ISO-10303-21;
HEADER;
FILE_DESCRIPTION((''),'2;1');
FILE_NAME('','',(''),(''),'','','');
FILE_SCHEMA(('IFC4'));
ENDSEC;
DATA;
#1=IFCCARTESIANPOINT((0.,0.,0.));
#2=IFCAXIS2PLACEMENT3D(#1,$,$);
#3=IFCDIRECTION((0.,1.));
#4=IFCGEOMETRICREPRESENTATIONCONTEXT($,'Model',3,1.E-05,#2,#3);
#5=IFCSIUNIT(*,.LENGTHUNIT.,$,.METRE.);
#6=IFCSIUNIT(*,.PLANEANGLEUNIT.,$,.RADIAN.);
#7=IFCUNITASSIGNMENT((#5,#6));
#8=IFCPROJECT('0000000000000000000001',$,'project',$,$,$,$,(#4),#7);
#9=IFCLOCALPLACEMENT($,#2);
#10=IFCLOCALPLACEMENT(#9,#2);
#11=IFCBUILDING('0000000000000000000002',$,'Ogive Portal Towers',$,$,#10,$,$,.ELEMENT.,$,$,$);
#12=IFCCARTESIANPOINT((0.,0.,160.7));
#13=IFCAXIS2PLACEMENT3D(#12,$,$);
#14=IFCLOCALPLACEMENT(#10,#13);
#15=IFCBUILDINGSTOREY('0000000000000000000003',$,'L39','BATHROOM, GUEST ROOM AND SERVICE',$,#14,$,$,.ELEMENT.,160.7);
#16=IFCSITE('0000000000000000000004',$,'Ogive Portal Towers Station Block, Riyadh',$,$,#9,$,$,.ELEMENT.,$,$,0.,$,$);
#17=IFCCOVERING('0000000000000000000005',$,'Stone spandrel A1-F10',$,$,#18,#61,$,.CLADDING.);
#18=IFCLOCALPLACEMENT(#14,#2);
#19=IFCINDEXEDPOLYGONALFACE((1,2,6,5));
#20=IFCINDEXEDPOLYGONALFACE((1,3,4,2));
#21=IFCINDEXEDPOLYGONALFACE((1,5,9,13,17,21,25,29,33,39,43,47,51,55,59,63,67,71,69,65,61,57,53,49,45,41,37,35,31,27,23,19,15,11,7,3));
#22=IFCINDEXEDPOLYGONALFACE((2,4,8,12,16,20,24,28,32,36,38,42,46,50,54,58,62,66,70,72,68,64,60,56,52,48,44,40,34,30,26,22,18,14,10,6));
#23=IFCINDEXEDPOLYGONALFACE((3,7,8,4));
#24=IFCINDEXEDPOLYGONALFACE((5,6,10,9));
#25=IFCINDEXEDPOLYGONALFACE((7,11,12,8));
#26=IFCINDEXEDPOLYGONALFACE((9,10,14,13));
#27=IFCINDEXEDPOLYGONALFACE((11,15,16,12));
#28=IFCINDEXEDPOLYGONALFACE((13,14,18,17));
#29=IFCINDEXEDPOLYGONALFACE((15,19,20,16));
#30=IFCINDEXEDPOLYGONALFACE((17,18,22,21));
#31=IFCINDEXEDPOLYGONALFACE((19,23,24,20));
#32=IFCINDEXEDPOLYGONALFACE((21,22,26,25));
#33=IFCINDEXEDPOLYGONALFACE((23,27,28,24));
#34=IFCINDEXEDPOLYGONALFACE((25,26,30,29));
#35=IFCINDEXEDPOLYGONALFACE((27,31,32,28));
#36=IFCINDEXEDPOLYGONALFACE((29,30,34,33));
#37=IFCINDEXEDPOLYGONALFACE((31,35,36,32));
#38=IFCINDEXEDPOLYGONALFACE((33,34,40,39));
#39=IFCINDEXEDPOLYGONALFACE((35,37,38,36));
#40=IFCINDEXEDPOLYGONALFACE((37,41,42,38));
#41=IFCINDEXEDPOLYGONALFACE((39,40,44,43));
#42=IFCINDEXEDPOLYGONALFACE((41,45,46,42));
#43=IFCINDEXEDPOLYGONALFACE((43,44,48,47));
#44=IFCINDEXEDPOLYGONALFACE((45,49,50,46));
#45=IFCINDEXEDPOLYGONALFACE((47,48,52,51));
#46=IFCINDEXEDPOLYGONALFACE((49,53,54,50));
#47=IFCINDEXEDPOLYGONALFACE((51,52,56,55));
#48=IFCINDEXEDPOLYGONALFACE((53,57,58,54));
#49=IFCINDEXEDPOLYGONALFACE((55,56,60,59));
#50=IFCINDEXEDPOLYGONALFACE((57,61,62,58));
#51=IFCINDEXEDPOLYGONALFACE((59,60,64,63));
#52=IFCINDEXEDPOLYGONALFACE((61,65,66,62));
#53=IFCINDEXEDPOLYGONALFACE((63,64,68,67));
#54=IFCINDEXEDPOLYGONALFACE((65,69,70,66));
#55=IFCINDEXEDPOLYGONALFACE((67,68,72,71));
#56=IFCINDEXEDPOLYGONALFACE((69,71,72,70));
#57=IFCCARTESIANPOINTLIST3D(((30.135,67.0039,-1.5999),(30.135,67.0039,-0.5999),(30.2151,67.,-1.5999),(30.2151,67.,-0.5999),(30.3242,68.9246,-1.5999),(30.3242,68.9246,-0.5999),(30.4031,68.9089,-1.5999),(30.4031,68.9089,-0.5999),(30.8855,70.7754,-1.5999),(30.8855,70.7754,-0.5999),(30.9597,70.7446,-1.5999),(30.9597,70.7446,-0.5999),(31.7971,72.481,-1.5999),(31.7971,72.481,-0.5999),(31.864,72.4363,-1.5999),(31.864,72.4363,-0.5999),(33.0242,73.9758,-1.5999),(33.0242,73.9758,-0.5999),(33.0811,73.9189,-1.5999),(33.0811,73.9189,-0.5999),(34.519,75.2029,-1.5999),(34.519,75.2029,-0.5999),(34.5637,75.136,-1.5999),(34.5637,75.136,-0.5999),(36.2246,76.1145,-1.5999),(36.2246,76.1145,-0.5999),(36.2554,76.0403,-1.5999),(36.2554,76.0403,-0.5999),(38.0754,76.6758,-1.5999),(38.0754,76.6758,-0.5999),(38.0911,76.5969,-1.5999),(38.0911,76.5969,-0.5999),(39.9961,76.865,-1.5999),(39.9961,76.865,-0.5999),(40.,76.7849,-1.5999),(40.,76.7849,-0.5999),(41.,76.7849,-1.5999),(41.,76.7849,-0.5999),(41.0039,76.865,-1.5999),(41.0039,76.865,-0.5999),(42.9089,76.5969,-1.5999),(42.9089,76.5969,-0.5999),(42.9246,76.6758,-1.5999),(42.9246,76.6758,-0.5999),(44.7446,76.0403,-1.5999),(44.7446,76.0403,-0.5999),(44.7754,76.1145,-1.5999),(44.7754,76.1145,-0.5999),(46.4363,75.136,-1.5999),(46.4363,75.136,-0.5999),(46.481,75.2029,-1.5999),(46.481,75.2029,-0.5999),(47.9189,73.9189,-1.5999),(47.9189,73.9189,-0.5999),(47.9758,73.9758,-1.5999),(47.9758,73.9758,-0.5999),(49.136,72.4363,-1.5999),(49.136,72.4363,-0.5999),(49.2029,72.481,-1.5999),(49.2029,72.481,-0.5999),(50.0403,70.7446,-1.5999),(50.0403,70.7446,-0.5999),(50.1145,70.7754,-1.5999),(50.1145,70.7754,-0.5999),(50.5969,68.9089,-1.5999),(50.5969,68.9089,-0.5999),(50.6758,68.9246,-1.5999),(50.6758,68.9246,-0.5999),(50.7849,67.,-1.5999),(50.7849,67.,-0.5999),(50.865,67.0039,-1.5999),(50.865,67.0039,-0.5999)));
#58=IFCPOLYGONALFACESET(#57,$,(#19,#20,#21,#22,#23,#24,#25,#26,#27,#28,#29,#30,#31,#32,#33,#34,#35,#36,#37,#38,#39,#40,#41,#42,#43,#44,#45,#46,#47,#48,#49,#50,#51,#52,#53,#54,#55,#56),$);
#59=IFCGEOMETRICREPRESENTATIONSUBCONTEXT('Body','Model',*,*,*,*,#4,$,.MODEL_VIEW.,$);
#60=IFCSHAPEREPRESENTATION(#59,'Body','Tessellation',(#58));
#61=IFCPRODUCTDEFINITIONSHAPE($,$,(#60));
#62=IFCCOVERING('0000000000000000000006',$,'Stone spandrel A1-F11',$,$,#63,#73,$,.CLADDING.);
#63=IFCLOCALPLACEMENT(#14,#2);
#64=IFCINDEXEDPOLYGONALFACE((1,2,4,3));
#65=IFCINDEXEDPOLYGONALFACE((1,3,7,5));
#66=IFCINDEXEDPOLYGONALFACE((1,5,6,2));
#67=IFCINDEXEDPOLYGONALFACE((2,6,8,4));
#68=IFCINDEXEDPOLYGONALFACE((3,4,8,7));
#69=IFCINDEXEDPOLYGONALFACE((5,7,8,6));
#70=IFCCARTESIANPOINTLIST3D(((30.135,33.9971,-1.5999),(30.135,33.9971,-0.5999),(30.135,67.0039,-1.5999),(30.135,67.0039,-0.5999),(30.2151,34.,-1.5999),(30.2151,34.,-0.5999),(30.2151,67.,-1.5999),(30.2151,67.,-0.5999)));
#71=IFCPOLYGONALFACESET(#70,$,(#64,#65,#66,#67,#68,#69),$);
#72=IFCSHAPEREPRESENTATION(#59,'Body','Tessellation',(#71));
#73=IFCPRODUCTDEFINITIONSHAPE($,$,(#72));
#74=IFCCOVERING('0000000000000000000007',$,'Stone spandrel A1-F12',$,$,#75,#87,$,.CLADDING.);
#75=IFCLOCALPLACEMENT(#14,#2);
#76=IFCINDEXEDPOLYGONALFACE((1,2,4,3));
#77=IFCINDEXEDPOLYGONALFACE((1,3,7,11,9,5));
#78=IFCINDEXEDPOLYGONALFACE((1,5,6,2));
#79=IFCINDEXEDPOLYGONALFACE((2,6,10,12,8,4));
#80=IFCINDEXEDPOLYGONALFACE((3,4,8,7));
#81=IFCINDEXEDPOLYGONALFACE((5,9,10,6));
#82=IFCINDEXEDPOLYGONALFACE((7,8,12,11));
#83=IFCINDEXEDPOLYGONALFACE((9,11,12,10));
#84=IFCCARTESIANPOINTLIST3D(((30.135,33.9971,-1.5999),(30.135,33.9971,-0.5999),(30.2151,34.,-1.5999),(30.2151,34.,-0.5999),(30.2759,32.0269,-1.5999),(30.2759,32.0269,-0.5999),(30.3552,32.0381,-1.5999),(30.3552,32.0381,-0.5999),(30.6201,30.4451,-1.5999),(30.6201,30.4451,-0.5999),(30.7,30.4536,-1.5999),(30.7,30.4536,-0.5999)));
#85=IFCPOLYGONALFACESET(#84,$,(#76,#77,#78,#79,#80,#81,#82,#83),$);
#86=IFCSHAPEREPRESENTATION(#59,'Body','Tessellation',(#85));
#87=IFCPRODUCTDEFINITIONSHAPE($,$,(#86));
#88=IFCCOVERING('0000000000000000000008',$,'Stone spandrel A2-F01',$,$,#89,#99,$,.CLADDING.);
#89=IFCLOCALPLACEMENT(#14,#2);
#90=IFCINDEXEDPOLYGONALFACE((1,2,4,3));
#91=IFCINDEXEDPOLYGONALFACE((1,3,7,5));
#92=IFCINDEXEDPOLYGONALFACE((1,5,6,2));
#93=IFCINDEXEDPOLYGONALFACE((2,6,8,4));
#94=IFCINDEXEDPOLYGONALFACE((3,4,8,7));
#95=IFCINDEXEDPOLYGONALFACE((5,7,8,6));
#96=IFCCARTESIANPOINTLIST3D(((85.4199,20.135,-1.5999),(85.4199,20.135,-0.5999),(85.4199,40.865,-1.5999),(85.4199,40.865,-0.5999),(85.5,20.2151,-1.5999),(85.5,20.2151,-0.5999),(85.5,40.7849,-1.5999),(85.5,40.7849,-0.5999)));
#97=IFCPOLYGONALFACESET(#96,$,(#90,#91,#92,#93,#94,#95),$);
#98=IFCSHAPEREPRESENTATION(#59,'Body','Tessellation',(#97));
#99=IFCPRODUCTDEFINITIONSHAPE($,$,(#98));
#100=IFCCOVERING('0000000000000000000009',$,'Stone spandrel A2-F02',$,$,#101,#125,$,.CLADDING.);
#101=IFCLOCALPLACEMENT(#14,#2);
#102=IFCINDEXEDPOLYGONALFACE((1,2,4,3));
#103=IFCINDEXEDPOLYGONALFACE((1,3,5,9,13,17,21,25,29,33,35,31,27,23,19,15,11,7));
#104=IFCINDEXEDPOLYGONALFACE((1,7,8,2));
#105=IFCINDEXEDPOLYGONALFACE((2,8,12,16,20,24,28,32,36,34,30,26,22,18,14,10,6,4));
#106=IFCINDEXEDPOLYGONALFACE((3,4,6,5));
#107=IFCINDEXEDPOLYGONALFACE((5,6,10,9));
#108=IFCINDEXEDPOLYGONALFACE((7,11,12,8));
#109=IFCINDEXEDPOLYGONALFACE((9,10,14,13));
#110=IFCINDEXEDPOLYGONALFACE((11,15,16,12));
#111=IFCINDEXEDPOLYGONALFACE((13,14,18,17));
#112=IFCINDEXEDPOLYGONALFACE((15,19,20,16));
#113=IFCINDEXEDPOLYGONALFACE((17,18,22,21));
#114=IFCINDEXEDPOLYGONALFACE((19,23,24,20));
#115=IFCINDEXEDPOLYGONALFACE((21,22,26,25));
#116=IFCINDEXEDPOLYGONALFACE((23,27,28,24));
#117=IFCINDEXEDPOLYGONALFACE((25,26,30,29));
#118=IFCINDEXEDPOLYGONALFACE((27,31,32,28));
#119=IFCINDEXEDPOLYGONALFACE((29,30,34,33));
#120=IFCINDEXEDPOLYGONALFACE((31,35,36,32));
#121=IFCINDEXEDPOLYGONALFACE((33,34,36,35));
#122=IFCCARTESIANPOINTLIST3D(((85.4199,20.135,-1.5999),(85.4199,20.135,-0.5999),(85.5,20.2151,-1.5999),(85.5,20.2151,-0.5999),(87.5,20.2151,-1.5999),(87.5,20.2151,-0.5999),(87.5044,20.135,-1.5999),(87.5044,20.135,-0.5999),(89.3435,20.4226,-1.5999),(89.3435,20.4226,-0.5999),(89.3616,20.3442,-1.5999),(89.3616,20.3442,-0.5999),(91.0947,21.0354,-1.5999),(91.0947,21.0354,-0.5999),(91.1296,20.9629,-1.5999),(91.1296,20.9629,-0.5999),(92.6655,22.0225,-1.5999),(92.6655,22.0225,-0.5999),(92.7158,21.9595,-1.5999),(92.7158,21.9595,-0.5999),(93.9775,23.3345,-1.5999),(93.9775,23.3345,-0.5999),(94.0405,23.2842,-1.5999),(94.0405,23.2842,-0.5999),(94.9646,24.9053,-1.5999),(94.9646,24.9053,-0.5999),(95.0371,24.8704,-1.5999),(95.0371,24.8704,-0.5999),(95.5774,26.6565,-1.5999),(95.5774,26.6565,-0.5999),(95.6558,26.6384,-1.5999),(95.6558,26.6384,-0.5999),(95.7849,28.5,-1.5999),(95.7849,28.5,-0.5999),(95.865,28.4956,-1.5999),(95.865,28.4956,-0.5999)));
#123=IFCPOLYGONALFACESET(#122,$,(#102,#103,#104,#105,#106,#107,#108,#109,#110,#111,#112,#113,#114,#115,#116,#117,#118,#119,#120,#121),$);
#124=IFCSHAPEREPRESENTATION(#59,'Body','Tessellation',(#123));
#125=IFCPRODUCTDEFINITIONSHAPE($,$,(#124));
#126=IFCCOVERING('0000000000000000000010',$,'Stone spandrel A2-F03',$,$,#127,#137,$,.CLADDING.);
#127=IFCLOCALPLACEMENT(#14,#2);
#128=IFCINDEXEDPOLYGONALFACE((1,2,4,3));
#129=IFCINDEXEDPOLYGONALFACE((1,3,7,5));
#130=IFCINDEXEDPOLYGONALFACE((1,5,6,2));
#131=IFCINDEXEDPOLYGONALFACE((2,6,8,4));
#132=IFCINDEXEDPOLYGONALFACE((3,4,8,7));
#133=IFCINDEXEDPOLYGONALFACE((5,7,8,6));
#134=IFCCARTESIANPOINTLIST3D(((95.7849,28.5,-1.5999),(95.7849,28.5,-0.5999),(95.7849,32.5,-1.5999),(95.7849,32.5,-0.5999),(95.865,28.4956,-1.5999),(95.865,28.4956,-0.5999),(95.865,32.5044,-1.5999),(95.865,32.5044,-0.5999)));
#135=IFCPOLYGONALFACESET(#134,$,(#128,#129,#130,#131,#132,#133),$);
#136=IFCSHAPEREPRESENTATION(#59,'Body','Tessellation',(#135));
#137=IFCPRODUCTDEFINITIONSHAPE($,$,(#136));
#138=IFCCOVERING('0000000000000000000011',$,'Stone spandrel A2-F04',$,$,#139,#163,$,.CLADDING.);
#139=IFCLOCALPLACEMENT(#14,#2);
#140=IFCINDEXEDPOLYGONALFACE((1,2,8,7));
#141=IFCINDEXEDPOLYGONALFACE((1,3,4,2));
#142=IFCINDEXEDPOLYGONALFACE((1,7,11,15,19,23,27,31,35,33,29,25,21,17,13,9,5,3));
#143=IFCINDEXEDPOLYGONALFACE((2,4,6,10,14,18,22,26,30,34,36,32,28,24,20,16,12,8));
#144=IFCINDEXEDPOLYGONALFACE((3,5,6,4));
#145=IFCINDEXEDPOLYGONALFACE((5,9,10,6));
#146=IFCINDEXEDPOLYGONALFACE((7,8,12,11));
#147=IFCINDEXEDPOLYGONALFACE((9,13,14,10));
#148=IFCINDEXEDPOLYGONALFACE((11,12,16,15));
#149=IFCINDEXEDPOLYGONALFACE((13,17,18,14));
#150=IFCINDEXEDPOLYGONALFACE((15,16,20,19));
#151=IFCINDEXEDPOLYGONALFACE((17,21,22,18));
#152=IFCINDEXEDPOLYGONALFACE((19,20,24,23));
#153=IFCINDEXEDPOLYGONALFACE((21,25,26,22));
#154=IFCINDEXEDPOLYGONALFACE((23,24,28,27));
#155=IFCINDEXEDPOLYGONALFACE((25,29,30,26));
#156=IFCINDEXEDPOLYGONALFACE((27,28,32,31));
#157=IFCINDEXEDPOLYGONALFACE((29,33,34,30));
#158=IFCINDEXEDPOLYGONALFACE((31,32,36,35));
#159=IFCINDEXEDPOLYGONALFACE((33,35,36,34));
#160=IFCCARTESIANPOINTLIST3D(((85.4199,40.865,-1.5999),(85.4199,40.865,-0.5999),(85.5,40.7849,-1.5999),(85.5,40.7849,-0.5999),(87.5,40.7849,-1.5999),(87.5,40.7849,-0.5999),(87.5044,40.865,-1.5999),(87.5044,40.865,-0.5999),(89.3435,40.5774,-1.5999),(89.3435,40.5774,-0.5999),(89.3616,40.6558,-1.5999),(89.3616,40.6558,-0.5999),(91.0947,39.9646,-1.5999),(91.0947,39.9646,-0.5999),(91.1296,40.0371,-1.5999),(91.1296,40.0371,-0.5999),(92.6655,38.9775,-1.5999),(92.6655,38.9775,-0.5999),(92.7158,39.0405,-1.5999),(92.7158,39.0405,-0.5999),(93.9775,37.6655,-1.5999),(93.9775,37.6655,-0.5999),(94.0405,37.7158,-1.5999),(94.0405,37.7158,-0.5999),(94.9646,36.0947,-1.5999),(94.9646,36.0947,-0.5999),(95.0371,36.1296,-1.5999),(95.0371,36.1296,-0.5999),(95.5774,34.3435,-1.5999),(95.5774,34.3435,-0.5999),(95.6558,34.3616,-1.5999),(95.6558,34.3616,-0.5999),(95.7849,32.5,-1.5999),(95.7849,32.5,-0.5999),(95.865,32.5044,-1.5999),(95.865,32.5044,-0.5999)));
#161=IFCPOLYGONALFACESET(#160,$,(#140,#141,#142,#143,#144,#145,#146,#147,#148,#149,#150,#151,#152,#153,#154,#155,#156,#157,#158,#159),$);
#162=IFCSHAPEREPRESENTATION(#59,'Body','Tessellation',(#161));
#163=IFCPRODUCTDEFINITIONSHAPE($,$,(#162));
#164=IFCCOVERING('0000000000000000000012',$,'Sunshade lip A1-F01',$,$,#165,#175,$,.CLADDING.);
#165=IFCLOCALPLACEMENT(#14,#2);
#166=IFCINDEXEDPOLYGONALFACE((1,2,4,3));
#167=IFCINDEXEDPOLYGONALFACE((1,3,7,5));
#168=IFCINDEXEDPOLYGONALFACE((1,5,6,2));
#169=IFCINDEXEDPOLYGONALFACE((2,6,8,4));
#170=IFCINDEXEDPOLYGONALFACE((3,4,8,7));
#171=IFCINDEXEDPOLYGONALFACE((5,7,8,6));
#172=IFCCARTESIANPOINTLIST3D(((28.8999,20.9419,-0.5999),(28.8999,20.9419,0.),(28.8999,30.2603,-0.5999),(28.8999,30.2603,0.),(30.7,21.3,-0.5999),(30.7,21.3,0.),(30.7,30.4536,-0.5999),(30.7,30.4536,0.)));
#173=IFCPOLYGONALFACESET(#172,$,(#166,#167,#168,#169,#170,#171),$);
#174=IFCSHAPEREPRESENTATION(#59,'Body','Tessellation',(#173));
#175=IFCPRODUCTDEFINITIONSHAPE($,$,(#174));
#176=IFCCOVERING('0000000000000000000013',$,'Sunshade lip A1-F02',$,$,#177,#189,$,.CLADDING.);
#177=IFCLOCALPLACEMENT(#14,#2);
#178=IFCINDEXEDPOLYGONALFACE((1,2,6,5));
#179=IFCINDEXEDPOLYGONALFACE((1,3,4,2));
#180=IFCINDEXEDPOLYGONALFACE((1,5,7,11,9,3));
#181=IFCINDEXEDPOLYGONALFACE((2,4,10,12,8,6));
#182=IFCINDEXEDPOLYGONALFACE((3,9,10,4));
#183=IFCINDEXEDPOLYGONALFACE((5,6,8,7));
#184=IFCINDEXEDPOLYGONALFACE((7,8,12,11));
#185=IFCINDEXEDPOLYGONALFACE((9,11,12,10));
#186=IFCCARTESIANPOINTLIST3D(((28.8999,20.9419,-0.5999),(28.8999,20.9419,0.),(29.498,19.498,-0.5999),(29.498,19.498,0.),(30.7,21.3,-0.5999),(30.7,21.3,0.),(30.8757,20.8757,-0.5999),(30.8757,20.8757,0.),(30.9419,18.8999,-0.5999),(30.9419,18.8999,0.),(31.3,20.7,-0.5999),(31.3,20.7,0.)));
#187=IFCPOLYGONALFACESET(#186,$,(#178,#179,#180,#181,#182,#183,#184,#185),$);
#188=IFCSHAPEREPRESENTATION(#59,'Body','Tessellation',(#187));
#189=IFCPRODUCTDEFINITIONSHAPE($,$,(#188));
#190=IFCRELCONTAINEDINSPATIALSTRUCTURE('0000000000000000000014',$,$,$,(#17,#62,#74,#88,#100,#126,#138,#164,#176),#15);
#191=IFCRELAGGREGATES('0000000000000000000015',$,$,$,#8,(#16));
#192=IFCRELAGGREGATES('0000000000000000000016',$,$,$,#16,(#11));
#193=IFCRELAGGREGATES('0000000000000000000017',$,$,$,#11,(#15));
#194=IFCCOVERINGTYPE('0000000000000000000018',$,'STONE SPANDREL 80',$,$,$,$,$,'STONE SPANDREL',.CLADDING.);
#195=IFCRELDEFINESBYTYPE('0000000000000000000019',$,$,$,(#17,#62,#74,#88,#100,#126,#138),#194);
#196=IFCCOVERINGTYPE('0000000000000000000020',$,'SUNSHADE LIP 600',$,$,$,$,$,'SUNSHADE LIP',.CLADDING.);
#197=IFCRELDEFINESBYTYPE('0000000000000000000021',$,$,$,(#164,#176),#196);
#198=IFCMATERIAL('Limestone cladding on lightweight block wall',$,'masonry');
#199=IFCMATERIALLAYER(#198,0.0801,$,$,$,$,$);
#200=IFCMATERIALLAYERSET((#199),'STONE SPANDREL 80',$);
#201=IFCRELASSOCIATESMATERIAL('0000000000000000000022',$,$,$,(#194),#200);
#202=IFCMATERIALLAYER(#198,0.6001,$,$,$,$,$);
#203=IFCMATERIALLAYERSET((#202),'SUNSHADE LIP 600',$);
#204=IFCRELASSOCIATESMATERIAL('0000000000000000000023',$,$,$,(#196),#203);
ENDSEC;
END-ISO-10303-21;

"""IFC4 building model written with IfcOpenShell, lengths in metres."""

from ifc_helpers import new_model, si_unit, direction, frame, origin, place, context, subcontext, project, spatial, polyline, outline, extrude, material, layer, layer_set, type_object, element, save


model = new_model("IFC4")

# Units and contexts
model_context = context("Model", 3, precision=1e-05, world=origin(), true_north=direction((0.0, 1.0)))
body_context = subcontext(model_context, "Body", "Model", "MODEL_VIEW")
ifc_project = project(units=[si_unit("LENGTHUNIT", "METRE"), si_unit("PLANEANGLEUNIT", "RADIAN")], contexts=[model_context])

# Site, building, storey
site_placement = place(None, origin())
site = spatial("IfcSite", under=ifc_project, at=site_placement, Name="Ogive Portal Towers Station Block, Riyadh", CompositionType="ELEMENT", RefElevation=0.0)
building_placement = place(site_placement, origin())
building = spatial("IfcBuilding", under=site, at=building_placement, Name="Ogive Portal Towers", CompositionType="ELEMENT")
storey_placement = place(building_placement, frame((0.0, 0.0, 160.7)))
storey = spatial("IfcBuildingStorey", under=building, at=storey_placement, Name="L39", Description="BATHROOM, GUEST ROOM AND SERVICE", CompositionType="ELEMENT", Elevation=160.7)

# Coverings
ifc_material_1 = material(Name="Limestone cladding on lightweight block wall", Category="masonry")
ifc_layer_1 = layer(ifc_material_1, 0.0801)
ifc_layer_set_1 = layer_set([ifc_layer_1], Name="STONE SPANDREL 80")
covering_type_1 = type_object("IfcCoveringType", Name="STONE SPANDREL 80", ElementType="STONE SPANDREL", PredefinedType="CLADDING", material=ifc_layer_set_1)
covering_1_placement = place(storey_placement, frame((0.0, 0.0, -1.5999)))
element("IfcCovering", 1, at=covering_1_placement, inside=storey, type_object=covering_type_1, Name="Stone spandrel A1-F10", PredefinedType="CLADDING", context=body_context, shape_type="SweptSolid", body=[
    extrude(outline(polyline([(50.7849, 67.0), (50.5969, 68.9089), (50.0403, 70.7446), (49.136, 72.4363), (47.9189, 73.9189), (46.4363, 75.136), (44.7446, 76.0403), (42.9089, 76.5969), (41.0, 76.7849), (40.0, 76.7849), (38.0911, 76.5969), (36.2554, 76.0403), (34.5637, 75.136), (33.0811, 73.9189), (31.864, 72.4363), (30.9597, 70.7446), (30.4031, 68.9089), (30.2151, 67.0), (30.135, 67.0039), (30.3242, 68.9246), (30.8855, 70.7754), (31.7971, 72.481), (33.0242, 73.9758), (34.519, 75.2029), (36.2246, 76.1145), (38.0754, 76.6758), (39.9961, 76.865), (41.0039, 76.865), (42.9246, 76.6758), (44.7754, 76.1145), (46.481, 75.2029), (47.9758, 73.9758), (49.2029, 72.481), (50.1145, 70.7754), (50.6758, 68.9246), (50.865, 67.0039), (50.7849, 67.0)])), origin(), (0.0, 0.0, 1.0), 1.0),
])
covering_2_placement = place(storey_placement, frame((0.0, 0.0, -1.5999)))
element("IfcCovering", 2, at=covering_2_placement, inside=storey, type_object=covering_type_1, Name="Stone spandrel A1-F11", PredefinedType="CLADDING", context=body_context, shape_type="SweptSolid", body=[
    extrude(outline(polyline([(30.2151, 67.0), (30.2151, 34.0), (30.135, 33.9971), (30.135, 67.0039), (30.2151, 67.0)])), origin(), (0.0, 0.0, 1.0), 1.0),
])
covering_3_placement = place(storey_placement, frame((0.0, 0.0, -1.5999)))
element("IfcCovering", 3, at=covering_3_placement, inside=storey, type_object=covering_type_1, Name="Stone spandrel A1-F12", PredefinedType="CLADDING", context=body_context, shape_type="SweptSolid", body=[
    extrude(outline(polyline([(30.2151, 34.0), (30.3552, 32.0381), (30.7, 30.4536), (30.6201, 30.4451), (30.2759, 32.0269), (30.135, 33.9971), (30.2151, 34.0)])), origin(), (0.0, 0.0, 1.0), 1.0),
])
covering_4_placement = place(storey_placement, frame((0.0, 0.0, -1.5999)))
element("IfcCovering", 4, at=covering_4_placement, inside=storey, type_object=covering_type_1, Name="Stone spandrel A2-F01", PredefinedType="CLADDING", context=body_context, shape_type="SweptSolid", body=[
    extrude(outline(polyline([(85.5, 40.7849), (85.5, 20.2151), (85.4199, 20.135), (85.4199, 40.865), (85.5, 40.7849)])), origin(), (0.0, 0.0, 1.0), 1.0),
])
covering_5_placement = place(storey_placement, frame((0.0, 0.0, -1.5999)))
element("IfcCovering", 5, at=covering_5_placement, inside=storey, type_object=covering_type_1, Name="Stone spandrel A2-F02", PredefinedType="CLADDING", context=body_context, shape_type="SweptSolid", body=[
    extrude(outline(polyline([(85.5, 20.2151), (87.5, 20.2151), (89.3435, 20.4226), (91.0947, 21.0354), (92.6655, 22.0225), (93.9775, 23.3345), (94.9646, 24.9053), (95.5774, 26.6565), (95.7849, 28.5), (95.865, 28.4956), (95.6558, 26.6384), (95.0371, 24.8704), (94.0405, 23.2842), (92.7158, 21.9595), (91.1296, 20.9629), (89.3616, 20.3442), (87.5044, 20.135), (85.4199, 20.135), (85.5, 20.2151)])), origin(), (0.0, 0.0, 1.0), 1.0),
])
covering_6_placement = place(storey_placement, frame((0.0, 0.0, -1.5999)))
element("IfcCovering", 6, at=covering_6_placement, inside=storey, type_object=covering_type_1, Name="Stone spandrel A2-F03", PredefinedType="CLADDING", context=body_context, shape_type="SweptSolid", body=[
    extrude(outline(polyline([(95.7849, 28.5), (95.7849, 32.5), (95.865, 32.5044), (95.865, 28.4956), (95.7849, 28.5)])), origin(), (0.0, 0.0, 1.0), 1.0),
])
covering_7_placement = place(storey_placement, frame((0.0, 0.0, -1.5999)))
element("IfcCovering", 7, at=covering_7_placement, inside=storey, type_object=covering_type_1, Name="Stone spandrel A2-F04", PredefinedType="CLADDING", context=body_context, shape_type="SweptSolid", body=[
    extrude(outline(polyline([(95.7849, 32.5), (95.5774, 34.3435), (94.9646, 36.0947), (93.9775, 37.6655), (92.6655, 38.9775), (91.0947, 39.9646), (89.3435, 40.5774), (87.5, 40.7849), (85.5, 40.7849), (85.4199, 40.865), (87.5044, 40.865), (89.3616, 40.6558), (91.1296, 40.0371), (92.7158, 39.0405), (94.0405, 37.7158), (95.0371, 36.1296), (95.6558, 34.3616), (95.865, 32.5044), (95.7849, 32.5)])), origin(), (0.0, 0.0, 1.0), 1.0),
])
ifc_layer_2 = layer(ifc_material_1, 0.6001)
ifc_layer_set_2 = layer_set([ifc_layer_2], Name="SUNSHADE LIP 600")
covering_type_2 = type_object("IfcCoveringType", Name="SUNSHADE LIP 600", ElementType="SUNSHADE LIP", PredefinedType="CLADDING", material=ifc_layer_set_2)
covering_8_placement = place(storey_placement, frame((0.0, 0.0, -0.5999)))
element("IfcCovering", 8, at=covering_8_placement, inside=storey, type_object=covering_type_2, Name="Sunshade lip A1-F01", PredefinedType="CLADDING", context=body_context, shape_type="SweptSolid", body=[
    extrude(outline(polyline([(30.7, 30.4536), (30.7, 21.3), (28.8999, 20.9419), (28.8999, 30.2603), (30.7, 30.4536)])), origin(), (0.0, 0.0, 1.0), 0.5999),
])
covering_9_placement = place(storey_placement, frame((0.0, 0.0, -0.5999)))
element("IfcCovering", 9, at=covering_9_placement, inside=storey, type_object=covering_type_2, Name="Sunshade lip A1-F02", PredefinedType="CLADDING", context=body_context, shape_type="SweptSolid", body=[
    extrude(outline(polyline([(30.7, 21.3), (30.8757, 20.8757), (31.3, 20.7), (30.9419, 18.8999), (29.498, 19.498), (28.8999, 20.9419), (30.7, 21.3)])), origin(), (0.0, 0.0, 1.0), 0.5999),
])

save(model, "model.ifc")
